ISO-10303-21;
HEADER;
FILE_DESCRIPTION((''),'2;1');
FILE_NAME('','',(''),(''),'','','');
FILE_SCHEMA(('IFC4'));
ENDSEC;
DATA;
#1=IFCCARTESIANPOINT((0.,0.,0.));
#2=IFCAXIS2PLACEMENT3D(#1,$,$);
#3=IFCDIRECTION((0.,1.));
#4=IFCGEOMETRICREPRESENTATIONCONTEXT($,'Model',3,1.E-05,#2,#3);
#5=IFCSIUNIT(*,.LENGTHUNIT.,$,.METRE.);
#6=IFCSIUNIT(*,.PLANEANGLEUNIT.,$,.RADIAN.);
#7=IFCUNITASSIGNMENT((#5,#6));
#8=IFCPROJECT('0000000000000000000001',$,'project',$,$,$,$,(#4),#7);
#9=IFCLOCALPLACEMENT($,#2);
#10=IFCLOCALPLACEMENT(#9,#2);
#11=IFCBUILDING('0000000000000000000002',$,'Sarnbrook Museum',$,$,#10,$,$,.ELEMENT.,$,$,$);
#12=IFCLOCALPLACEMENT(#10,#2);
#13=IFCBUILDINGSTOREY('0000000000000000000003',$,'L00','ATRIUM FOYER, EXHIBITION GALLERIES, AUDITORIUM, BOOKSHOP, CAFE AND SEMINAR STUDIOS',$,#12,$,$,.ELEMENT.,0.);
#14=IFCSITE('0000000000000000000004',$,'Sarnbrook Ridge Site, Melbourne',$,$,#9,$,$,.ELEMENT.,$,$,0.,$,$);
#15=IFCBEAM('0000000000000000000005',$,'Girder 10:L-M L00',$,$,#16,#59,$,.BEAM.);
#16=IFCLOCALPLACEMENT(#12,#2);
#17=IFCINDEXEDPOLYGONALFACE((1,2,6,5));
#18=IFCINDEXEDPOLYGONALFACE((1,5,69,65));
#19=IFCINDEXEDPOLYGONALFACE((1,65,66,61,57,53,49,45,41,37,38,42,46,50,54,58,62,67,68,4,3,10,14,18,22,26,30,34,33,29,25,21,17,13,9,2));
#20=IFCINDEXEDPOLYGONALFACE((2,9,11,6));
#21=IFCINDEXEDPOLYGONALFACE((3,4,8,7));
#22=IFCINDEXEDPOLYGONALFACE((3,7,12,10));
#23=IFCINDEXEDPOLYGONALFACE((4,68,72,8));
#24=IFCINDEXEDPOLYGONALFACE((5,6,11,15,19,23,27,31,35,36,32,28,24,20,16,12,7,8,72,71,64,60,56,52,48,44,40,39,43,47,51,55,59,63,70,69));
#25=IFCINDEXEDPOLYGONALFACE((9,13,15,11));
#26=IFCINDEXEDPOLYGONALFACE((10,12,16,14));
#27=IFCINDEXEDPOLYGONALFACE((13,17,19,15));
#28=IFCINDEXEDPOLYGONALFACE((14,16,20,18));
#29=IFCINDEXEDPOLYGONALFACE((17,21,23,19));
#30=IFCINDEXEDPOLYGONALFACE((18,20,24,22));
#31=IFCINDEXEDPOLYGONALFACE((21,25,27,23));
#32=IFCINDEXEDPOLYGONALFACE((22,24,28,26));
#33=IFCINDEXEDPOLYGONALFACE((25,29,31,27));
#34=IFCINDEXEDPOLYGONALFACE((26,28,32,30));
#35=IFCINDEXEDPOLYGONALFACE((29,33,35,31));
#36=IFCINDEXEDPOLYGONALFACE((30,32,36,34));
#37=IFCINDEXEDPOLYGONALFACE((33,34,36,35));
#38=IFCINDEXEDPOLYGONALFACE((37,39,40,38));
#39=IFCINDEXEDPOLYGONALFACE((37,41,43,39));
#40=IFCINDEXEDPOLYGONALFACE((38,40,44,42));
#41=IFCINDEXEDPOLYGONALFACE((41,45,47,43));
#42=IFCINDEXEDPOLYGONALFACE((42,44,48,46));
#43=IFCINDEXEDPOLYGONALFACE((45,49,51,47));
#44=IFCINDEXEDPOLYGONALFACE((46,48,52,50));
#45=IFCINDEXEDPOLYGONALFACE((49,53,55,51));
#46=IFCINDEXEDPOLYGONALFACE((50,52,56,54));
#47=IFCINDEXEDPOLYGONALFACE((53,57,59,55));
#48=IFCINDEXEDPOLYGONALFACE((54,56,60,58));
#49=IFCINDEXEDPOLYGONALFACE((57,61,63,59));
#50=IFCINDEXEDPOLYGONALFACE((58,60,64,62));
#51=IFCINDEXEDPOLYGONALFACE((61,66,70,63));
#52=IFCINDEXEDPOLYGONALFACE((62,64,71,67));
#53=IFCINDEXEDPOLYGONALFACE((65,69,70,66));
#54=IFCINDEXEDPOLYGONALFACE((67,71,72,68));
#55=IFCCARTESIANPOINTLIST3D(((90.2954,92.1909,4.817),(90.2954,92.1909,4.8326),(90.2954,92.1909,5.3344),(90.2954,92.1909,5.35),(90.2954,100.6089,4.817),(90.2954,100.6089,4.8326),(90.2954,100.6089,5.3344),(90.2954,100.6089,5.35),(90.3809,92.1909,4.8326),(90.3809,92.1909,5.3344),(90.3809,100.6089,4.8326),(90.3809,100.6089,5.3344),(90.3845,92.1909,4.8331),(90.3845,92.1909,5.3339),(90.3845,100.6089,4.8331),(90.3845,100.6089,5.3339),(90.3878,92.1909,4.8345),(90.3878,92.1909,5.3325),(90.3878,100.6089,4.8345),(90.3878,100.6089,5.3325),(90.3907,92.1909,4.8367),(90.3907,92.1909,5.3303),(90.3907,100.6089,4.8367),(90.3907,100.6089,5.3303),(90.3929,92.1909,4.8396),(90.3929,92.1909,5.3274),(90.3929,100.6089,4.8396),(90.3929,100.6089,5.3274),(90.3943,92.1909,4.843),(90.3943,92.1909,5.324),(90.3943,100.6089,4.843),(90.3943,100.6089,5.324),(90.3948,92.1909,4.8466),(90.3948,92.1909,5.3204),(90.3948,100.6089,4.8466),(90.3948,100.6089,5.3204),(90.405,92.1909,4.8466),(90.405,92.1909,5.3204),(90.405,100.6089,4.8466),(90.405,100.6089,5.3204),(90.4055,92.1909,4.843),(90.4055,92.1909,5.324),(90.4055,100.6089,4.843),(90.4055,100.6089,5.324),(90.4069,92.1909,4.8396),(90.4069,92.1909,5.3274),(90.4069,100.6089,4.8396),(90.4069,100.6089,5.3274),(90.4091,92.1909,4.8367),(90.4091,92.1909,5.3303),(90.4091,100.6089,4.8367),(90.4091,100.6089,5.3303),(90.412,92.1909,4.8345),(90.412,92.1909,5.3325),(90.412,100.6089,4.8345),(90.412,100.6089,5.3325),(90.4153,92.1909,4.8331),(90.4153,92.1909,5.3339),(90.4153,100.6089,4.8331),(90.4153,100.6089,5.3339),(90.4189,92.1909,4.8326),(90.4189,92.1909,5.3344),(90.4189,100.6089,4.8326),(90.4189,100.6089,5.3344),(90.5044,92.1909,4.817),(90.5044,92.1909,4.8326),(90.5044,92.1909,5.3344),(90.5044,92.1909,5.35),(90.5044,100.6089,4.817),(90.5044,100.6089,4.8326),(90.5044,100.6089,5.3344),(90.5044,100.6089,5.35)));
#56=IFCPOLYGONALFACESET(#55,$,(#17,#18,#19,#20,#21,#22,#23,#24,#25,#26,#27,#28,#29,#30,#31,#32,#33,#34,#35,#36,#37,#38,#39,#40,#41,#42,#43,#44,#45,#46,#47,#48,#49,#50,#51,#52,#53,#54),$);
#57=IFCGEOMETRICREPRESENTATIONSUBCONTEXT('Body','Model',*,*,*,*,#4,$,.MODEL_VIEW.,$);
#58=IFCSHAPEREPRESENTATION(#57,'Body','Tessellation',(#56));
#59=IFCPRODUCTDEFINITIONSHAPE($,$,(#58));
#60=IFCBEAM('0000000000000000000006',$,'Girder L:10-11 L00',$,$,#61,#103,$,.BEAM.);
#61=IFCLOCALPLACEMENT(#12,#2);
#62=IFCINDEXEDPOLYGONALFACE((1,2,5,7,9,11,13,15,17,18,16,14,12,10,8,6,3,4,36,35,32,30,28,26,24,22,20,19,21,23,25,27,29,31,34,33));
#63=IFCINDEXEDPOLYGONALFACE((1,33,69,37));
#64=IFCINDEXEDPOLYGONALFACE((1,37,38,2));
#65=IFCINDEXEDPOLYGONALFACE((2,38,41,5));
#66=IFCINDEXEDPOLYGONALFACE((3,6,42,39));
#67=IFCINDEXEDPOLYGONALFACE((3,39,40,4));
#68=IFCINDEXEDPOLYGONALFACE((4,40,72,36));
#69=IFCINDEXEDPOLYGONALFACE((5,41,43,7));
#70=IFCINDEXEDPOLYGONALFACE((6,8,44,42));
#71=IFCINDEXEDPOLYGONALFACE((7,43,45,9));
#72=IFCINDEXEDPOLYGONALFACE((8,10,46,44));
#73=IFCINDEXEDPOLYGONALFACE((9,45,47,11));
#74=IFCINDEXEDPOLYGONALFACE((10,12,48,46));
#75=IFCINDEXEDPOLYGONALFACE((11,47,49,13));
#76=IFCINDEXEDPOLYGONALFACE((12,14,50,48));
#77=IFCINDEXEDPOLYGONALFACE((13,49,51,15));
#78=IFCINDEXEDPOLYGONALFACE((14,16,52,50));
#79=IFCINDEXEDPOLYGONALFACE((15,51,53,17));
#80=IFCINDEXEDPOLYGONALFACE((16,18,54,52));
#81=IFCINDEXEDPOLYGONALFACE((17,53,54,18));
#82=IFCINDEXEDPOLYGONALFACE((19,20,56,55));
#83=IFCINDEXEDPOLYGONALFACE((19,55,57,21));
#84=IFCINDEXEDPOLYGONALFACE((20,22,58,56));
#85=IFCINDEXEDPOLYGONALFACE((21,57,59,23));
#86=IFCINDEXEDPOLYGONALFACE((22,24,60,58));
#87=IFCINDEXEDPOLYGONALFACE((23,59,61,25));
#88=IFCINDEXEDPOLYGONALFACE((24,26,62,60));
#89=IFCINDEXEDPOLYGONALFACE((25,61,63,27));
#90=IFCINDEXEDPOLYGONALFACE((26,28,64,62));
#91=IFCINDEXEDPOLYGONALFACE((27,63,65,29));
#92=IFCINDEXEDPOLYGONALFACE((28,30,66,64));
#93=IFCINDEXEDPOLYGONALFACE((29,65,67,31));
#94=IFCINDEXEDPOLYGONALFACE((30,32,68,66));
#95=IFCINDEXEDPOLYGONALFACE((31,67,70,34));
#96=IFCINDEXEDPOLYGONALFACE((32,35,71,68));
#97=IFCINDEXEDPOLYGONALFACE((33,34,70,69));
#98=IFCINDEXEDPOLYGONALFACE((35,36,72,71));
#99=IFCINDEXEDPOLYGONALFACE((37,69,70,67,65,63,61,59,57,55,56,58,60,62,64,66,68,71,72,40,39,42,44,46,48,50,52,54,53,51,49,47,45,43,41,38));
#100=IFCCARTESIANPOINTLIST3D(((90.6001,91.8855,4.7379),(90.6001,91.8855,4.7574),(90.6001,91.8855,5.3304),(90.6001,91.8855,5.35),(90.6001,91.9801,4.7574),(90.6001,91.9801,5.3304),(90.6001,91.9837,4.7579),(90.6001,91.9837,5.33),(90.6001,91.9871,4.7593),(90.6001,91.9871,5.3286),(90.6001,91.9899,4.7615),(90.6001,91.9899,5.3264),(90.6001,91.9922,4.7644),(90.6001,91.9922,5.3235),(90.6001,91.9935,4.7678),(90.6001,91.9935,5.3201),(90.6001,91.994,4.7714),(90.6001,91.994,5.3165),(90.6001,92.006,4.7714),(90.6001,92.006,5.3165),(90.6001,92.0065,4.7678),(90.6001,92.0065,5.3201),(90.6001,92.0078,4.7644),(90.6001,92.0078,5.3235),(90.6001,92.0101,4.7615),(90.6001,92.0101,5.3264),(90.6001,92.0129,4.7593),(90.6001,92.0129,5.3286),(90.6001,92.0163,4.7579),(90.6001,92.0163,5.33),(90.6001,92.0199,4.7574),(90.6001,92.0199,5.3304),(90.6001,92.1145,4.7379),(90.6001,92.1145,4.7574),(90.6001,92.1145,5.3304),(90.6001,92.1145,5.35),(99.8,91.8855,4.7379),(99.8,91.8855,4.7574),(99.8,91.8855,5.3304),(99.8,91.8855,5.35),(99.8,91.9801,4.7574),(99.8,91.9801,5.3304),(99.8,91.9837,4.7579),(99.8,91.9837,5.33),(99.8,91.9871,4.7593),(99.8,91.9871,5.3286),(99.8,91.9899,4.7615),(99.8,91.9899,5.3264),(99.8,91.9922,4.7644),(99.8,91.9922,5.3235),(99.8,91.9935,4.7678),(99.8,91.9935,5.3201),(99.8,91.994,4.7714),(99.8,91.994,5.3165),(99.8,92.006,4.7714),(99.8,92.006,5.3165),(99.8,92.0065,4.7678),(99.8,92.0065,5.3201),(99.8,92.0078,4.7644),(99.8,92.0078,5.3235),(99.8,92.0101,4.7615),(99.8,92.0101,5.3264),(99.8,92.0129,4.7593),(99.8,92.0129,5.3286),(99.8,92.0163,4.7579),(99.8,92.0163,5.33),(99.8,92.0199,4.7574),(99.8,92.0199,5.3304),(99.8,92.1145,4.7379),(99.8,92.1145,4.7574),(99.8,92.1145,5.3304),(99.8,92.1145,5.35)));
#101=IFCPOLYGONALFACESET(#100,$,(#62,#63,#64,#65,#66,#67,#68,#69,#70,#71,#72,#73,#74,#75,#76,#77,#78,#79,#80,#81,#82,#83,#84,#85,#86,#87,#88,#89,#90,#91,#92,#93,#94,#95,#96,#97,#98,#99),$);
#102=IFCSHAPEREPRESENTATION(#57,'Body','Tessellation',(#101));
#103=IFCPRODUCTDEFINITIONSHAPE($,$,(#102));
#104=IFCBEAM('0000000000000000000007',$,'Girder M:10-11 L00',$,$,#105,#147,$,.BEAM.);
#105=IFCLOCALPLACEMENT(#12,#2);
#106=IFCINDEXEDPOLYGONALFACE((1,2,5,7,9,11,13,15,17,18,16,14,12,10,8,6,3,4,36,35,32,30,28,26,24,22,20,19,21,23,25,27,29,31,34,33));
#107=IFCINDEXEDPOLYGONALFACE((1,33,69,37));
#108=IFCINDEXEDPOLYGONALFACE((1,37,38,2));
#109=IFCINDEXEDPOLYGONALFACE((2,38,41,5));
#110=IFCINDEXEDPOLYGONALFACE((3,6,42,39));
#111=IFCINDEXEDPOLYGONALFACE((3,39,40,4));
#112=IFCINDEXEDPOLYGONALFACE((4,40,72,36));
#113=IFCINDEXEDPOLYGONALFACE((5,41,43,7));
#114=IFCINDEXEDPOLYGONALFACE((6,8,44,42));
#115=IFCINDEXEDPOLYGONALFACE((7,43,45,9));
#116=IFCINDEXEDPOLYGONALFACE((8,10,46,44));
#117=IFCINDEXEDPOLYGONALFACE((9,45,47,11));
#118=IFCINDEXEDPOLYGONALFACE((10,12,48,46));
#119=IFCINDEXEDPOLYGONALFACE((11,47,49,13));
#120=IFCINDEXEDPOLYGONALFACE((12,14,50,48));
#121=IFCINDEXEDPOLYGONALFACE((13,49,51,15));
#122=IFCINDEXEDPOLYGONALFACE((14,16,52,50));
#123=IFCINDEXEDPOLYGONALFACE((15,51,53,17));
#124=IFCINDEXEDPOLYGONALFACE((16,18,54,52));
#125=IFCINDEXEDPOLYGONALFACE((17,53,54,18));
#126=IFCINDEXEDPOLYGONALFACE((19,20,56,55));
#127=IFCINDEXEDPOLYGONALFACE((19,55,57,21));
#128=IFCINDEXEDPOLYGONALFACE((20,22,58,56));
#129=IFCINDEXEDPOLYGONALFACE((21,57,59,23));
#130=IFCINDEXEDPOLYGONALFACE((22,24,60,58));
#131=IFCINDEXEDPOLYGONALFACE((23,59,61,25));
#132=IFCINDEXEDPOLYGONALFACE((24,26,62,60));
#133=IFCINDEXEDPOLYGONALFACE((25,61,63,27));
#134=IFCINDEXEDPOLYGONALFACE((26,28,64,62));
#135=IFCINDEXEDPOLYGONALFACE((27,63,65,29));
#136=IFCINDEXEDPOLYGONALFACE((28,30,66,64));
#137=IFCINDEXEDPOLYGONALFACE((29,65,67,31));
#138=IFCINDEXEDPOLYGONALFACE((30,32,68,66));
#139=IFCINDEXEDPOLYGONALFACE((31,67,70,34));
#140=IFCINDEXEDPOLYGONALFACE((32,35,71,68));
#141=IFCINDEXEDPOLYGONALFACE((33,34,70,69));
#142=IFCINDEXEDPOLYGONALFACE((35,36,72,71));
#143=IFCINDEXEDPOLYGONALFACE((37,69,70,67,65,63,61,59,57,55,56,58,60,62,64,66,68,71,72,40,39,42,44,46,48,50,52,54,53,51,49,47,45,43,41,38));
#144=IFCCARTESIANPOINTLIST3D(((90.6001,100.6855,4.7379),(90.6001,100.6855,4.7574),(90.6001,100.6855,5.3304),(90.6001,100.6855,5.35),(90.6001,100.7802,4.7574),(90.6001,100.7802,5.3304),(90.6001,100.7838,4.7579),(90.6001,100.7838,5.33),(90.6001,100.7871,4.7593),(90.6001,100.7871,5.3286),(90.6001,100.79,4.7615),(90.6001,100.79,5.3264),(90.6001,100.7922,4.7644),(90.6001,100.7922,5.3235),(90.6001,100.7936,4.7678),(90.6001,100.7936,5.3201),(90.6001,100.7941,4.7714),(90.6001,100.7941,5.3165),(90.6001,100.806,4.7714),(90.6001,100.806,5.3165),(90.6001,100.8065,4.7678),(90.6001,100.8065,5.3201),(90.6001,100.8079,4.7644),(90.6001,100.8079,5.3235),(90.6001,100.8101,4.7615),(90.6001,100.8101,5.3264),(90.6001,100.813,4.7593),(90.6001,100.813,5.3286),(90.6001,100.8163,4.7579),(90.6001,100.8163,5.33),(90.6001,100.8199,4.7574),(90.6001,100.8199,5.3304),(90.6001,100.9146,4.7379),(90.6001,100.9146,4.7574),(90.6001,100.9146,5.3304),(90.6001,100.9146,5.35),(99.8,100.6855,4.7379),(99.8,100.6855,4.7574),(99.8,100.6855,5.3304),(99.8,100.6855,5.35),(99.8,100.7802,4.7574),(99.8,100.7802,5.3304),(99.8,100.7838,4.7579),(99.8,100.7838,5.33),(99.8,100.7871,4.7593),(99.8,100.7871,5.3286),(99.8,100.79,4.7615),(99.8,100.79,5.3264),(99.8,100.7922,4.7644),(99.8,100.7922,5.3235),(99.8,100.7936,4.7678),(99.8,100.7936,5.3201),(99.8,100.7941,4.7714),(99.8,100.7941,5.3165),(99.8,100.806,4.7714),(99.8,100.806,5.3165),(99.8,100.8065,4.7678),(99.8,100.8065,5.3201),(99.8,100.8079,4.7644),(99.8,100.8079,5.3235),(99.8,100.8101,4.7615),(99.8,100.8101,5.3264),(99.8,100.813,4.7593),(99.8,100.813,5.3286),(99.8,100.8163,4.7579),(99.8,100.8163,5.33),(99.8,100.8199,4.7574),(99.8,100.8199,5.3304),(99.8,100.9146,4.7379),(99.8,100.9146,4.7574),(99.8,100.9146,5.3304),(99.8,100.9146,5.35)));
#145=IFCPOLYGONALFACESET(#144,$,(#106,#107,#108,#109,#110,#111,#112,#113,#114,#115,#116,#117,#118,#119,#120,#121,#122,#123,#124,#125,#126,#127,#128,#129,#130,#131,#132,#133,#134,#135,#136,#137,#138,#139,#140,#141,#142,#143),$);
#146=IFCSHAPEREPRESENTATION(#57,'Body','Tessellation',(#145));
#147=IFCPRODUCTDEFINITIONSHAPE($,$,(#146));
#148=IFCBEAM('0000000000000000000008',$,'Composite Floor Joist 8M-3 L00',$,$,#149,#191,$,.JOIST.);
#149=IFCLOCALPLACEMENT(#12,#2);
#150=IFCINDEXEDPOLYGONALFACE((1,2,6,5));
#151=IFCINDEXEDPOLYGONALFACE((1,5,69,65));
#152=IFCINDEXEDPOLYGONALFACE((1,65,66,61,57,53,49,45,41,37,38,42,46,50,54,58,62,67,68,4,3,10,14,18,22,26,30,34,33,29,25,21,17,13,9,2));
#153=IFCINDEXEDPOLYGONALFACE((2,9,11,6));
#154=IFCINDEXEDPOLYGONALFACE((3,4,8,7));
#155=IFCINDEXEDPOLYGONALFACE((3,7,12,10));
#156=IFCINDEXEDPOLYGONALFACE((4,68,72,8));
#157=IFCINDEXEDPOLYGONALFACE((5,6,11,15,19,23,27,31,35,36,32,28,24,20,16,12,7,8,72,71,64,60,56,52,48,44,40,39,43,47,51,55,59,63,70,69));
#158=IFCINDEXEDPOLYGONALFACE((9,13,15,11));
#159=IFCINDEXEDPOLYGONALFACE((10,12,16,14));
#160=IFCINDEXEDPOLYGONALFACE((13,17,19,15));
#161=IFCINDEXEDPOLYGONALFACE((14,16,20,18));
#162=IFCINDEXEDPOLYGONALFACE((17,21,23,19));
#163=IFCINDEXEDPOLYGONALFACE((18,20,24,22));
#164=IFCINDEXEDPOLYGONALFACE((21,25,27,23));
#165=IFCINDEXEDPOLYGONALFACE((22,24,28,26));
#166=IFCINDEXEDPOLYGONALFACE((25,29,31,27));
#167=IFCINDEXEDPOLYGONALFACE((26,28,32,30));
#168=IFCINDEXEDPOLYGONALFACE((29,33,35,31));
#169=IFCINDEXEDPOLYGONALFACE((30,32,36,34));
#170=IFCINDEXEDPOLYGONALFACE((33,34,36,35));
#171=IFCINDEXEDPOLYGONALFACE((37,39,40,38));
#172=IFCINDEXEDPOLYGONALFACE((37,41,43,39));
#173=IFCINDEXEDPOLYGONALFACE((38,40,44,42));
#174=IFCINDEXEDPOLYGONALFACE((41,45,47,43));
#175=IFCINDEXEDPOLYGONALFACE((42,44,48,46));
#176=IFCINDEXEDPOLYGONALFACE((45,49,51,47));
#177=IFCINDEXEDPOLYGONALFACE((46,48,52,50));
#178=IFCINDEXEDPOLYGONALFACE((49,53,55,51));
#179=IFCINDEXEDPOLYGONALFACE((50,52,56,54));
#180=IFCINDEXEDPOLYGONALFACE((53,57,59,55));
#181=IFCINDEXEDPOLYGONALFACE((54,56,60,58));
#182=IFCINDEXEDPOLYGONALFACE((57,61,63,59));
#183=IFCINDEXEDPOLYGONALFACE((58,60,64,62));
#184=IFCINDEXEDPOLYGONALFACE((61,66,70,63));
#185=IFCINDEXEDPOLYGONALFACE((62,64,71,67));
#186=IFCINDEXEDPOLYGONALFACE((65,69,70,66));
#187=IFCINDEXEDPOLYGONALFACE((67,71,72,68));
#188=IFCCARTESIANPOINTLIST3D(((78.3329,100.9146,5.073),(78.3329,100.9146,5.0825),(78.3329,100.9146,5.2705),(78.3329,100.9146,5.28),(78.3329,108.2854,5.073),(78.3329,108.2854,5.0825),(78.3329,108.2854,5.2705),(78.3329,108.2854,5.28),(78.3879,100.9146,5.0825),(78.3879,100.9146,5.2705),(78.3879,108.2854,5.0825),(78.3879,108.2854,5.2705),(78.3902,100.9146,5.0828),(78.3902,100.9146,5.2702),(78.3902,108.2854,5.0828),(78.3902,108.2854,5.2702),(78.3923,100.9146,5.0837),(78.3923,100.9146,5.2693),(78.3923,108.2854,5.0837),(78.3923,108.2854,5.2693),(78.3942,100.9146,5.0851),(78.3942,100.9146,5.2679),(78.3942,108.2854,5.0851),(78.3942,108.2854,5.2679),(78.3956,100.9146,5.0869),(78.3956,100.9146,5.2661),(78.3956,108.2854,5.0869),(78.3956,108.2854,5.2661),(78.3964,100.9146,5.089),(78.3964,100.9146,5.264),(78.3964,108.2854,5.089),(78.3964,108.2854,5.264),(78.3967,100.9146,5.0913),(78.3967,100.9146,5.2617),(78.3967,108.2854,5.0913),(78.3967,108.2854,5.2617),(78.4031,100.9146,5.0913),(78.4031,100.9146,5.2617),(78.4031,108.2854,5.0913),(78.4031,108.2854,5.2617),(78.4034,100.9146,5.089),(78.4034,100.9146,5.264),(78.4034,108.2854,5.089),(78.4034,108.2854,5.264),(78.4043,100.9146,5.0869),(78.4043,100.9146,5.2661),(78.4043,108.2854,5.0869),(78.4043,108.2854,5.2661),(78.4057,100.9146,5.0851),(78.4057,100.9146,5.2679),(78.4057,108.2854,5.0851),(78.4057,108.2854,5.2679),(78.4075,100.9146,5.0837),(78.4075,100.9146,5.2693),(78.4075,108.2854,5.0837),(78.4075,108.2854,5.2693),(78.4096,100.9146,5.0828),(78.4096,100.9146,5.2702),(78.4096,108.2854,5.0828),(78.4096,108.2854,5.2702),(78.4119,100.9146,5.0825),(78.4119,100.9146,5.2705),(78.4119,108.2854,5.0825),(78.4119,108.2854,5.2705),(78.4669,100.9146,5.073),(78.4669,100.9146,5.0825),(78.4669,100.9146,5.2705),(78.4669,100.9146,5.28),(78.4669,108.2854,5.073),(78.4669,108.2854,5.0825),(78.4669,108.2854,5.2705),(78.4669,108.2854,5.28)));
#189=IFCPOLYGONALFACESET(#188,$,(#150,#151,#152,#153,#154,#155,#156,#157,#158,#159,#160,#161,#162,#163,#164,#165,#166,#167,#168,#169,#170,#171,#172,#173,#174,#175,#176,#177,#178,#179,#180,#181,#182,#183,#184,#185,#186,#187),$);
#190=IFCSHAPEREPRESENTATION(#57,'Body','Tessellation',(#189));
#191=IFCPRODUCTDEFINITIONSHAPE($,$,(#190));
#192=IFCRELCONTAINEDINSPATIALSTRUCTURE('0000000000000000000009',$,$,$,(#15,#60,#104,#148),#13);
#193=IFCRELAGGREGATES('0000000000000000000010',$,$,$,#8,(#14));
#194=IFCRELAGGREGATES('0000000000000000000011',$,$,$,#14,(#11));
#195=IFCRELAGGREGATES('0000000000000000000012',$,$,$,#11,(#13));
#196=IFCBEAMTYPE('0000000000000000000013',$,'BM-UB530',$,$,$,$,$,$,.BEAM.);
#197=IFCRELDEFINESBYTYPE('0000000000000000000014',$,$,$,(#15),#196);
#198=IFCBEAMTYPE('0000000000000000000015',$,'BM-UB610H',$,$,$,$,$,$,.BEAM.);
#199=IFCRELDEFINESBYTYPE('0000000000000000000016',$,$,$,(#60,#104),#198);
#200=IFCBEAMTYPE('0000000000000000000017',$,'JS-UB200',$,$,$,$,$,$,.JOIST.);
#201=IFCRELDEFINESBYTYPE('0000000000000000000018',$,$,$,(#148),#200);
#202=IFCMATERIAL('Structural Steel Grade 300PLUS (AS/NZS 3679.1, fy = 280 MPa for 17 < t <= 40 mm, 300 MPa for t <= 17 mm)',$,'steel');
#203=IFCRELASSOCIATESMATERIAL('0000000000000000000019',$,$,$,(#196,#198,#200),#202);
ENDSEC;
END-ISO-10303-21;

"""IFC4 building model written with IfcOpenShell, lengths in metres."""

from ifc_helpers import new_model, si_unit, direction, frame, origin, origin_2d, place, context, subcontext, project, spatial, i_section, extrude, material, material_profile, profile_set, type_object, element, save


model = new_model("IFC4")

# Units and contexts
model_context = context("Model", 3, precision=1e-05, world=origin(), true_north=direction((0.0, 1.0)))
body_context = subcontext(model_context, "Body", "Model", "MODEL_VIEW")
ifc_project = project(units=[si_unit("LENGTHUNIT", "METRE"), si_unit("PLANEANGLEUNIT", "RADIAN")], contexts=[model_context])

# Site, building, storey
site_placement = place(None, origin())
site = spatial("IfcSite", under=ifc_project, at=site_placement, Name="Sarnbrook Ridge Site, Melbourne", CompositionType="ELEMENT", RefElevation=0.0)
building_placement = place(site_placement, origin())
building = spatial("IfcBuilding", under=site, at=building_placement, Name="Sarnbrook Museum", CompositionType="ELEMENT")
storey_placement = place(building_placement, origin())
storey = spatial("IfcBuildingStorey", under=building, at=storey_placement, Name="L00", Description="ATRIUM FOYER, EXHIBITION GALLERIES, AUDITORIUM, BOOKSHOP, CAFE AND SEMINAR STUDIOS", CompositionType="ELEMENT", Elevation=0.0)

# Beams
ifc_material_1 = material(Name="Structural Steel Grade 300PLUS (AS/NZS 3679.1, fy = 280 MPa for 17 < t <= 40 mm, 300 MPa for t <= 17 mm)", Category="steel")
ifc_material_profile_1 = material_profile(ifc_material_1, i_section(OverallWidth=0.209, OverallDepth=0.533, WebThickness=0.0103, FlangeThickness=0.0156, FilletRadius=0.0139, at=origin_2d()), Name="530UB92.4")
ifc_profile_set_1 = profile_set([ifc_material_profile_1], Name="Structural Steel Grade 300PLUS (AS/NZS 3679.1, fy = 280 MPa for 17 < t <= 40 mm, 300 MPa for t <= 17 mm)")
beam_type_1 = type_object("IfcBeamType", Name="BM-UB530", PredefinedType="BEAM", material=ifc_profile_set_1)
beam_1_placement = place(storey_placement, frame((90.3999, 92.1909, 5.0835), z_axis=(0.0, 1.0, 0.0), x_axis=(-1.0, 0.0, 0.0)))
element("IfcBeam", 1, at=beam_1_placement, inside=storey, type_object=beam_type_1, Name="Girder 10:L-M L00", PredefinedType="BEAM", context=body_context, shape_type="SweptSolid", body=[
    extrude(i_section(OverallWidth=0.209, OverallDepth=0.533, WebThickness=0.0103, FlangeThickness=0.0156, FilletRadius=0.0139, at=origin_2d()), origin(), (0.0, 0.0, 1.0), 8.418),
])
ifc_material_profile_2 = material_profile(ifc_material_1, i_section(OverallWidth=0.229, OverallDepth=0.6121, WebThickness=0.012, FlangeThickness=0.0195, FilletRadius=0.0139, at=origin_2d()), Name="610UB125")
ifc_profile_set_2 = profile_set([ifc_material_profile_2], Name="Structural Steel Grade 300PLUS (AS/NZS 3679.1, fy = 280 MPa for 17 < t <= 40 mm, 300 MPa for t <= 17 mm)")
beam_type_2 = type_object("IfcBeamType", Name="BM-UB610H", PredefinedType="BEAM", material=ifc_profile_set_2)
for number, where, z_axis, x_axis, name in (
    (2, (90.6001, 92.0, 5.0439), (1.0, 0.0, 0.0), (0.0, 1.0, 0.0), "Girder L:10-11 L00"),
    (3, (90.6001, 100.8, 5.0439), (1.0, 0.0, 0.0), (0.0, 1.0, 0.0), "Girder M:10-11 L00"),
):
    element("IfcBeam", number, at=place(storey_placement, frame(where, z_axis=z_axis, x_axis=x_axis)), inside=storey, type_object=beam_type_2, Name=name, PredefinedType="BEAM", context=body_context, shape_type="SweptSolid", body=[
        extrude(i_section(OverallWidth=0.229, OverallDepth=0.6121, WebThickness=0.012, FlangeThickness=0.0195, FilletRadius=0.0139, at=origin_2d()), origin(), (0.0, 0.0, 1.0), 9.2),
    ])
ifc_material_profile_3 = material_profile(ifc_material_1, i_section(OverallWidth=0.134, OverallDepth=0.207, WebThickness=0.0063, FlangeThickness=0.0095, FilletRadius=0.0088, at=origin_2d()), Name="200UB29.8")
ifc_profile_set_3 = profile_set([ifc_material_profile_3], Name="Structural Steel Grade 300PLUS (AS/NZS 3679.1, fy = 280 MPa for 17 < t <= 40 mm, 300 MPa for t <= 17 mm)")
beam_type_3 = type_object("IfcBeamType", Name="JS-UB200", PredefinedType="JOIST", material=ifc_profile_set_3)
beam_2_placement = place(storey_placement, frame((78.3999, 100.9146, 5.1765), z_axis=(0.0, 1.0, 0.0), x_axis=(-1.0, 0.0, 0.0)))
element("IfcBeam", 4, at=beam_2_placement, inside=storey, type_object=beam_type_3, Name="Composite Floor Joist 8M-3 L00", PredefinedType="JOIST", context=body_context, shape_type="SweptSolid", body=[
    extrude(i_section(OverallWidth=0.134, OverallDepth=0.207, WebThickness=0.0063, FlangeThickness=0.0095, FilletRadius=0.0088, at=origin_2d()), origin(), (0.0, 0.0, 1.0), 7.3708),
])

save(model, "model.ifc")
